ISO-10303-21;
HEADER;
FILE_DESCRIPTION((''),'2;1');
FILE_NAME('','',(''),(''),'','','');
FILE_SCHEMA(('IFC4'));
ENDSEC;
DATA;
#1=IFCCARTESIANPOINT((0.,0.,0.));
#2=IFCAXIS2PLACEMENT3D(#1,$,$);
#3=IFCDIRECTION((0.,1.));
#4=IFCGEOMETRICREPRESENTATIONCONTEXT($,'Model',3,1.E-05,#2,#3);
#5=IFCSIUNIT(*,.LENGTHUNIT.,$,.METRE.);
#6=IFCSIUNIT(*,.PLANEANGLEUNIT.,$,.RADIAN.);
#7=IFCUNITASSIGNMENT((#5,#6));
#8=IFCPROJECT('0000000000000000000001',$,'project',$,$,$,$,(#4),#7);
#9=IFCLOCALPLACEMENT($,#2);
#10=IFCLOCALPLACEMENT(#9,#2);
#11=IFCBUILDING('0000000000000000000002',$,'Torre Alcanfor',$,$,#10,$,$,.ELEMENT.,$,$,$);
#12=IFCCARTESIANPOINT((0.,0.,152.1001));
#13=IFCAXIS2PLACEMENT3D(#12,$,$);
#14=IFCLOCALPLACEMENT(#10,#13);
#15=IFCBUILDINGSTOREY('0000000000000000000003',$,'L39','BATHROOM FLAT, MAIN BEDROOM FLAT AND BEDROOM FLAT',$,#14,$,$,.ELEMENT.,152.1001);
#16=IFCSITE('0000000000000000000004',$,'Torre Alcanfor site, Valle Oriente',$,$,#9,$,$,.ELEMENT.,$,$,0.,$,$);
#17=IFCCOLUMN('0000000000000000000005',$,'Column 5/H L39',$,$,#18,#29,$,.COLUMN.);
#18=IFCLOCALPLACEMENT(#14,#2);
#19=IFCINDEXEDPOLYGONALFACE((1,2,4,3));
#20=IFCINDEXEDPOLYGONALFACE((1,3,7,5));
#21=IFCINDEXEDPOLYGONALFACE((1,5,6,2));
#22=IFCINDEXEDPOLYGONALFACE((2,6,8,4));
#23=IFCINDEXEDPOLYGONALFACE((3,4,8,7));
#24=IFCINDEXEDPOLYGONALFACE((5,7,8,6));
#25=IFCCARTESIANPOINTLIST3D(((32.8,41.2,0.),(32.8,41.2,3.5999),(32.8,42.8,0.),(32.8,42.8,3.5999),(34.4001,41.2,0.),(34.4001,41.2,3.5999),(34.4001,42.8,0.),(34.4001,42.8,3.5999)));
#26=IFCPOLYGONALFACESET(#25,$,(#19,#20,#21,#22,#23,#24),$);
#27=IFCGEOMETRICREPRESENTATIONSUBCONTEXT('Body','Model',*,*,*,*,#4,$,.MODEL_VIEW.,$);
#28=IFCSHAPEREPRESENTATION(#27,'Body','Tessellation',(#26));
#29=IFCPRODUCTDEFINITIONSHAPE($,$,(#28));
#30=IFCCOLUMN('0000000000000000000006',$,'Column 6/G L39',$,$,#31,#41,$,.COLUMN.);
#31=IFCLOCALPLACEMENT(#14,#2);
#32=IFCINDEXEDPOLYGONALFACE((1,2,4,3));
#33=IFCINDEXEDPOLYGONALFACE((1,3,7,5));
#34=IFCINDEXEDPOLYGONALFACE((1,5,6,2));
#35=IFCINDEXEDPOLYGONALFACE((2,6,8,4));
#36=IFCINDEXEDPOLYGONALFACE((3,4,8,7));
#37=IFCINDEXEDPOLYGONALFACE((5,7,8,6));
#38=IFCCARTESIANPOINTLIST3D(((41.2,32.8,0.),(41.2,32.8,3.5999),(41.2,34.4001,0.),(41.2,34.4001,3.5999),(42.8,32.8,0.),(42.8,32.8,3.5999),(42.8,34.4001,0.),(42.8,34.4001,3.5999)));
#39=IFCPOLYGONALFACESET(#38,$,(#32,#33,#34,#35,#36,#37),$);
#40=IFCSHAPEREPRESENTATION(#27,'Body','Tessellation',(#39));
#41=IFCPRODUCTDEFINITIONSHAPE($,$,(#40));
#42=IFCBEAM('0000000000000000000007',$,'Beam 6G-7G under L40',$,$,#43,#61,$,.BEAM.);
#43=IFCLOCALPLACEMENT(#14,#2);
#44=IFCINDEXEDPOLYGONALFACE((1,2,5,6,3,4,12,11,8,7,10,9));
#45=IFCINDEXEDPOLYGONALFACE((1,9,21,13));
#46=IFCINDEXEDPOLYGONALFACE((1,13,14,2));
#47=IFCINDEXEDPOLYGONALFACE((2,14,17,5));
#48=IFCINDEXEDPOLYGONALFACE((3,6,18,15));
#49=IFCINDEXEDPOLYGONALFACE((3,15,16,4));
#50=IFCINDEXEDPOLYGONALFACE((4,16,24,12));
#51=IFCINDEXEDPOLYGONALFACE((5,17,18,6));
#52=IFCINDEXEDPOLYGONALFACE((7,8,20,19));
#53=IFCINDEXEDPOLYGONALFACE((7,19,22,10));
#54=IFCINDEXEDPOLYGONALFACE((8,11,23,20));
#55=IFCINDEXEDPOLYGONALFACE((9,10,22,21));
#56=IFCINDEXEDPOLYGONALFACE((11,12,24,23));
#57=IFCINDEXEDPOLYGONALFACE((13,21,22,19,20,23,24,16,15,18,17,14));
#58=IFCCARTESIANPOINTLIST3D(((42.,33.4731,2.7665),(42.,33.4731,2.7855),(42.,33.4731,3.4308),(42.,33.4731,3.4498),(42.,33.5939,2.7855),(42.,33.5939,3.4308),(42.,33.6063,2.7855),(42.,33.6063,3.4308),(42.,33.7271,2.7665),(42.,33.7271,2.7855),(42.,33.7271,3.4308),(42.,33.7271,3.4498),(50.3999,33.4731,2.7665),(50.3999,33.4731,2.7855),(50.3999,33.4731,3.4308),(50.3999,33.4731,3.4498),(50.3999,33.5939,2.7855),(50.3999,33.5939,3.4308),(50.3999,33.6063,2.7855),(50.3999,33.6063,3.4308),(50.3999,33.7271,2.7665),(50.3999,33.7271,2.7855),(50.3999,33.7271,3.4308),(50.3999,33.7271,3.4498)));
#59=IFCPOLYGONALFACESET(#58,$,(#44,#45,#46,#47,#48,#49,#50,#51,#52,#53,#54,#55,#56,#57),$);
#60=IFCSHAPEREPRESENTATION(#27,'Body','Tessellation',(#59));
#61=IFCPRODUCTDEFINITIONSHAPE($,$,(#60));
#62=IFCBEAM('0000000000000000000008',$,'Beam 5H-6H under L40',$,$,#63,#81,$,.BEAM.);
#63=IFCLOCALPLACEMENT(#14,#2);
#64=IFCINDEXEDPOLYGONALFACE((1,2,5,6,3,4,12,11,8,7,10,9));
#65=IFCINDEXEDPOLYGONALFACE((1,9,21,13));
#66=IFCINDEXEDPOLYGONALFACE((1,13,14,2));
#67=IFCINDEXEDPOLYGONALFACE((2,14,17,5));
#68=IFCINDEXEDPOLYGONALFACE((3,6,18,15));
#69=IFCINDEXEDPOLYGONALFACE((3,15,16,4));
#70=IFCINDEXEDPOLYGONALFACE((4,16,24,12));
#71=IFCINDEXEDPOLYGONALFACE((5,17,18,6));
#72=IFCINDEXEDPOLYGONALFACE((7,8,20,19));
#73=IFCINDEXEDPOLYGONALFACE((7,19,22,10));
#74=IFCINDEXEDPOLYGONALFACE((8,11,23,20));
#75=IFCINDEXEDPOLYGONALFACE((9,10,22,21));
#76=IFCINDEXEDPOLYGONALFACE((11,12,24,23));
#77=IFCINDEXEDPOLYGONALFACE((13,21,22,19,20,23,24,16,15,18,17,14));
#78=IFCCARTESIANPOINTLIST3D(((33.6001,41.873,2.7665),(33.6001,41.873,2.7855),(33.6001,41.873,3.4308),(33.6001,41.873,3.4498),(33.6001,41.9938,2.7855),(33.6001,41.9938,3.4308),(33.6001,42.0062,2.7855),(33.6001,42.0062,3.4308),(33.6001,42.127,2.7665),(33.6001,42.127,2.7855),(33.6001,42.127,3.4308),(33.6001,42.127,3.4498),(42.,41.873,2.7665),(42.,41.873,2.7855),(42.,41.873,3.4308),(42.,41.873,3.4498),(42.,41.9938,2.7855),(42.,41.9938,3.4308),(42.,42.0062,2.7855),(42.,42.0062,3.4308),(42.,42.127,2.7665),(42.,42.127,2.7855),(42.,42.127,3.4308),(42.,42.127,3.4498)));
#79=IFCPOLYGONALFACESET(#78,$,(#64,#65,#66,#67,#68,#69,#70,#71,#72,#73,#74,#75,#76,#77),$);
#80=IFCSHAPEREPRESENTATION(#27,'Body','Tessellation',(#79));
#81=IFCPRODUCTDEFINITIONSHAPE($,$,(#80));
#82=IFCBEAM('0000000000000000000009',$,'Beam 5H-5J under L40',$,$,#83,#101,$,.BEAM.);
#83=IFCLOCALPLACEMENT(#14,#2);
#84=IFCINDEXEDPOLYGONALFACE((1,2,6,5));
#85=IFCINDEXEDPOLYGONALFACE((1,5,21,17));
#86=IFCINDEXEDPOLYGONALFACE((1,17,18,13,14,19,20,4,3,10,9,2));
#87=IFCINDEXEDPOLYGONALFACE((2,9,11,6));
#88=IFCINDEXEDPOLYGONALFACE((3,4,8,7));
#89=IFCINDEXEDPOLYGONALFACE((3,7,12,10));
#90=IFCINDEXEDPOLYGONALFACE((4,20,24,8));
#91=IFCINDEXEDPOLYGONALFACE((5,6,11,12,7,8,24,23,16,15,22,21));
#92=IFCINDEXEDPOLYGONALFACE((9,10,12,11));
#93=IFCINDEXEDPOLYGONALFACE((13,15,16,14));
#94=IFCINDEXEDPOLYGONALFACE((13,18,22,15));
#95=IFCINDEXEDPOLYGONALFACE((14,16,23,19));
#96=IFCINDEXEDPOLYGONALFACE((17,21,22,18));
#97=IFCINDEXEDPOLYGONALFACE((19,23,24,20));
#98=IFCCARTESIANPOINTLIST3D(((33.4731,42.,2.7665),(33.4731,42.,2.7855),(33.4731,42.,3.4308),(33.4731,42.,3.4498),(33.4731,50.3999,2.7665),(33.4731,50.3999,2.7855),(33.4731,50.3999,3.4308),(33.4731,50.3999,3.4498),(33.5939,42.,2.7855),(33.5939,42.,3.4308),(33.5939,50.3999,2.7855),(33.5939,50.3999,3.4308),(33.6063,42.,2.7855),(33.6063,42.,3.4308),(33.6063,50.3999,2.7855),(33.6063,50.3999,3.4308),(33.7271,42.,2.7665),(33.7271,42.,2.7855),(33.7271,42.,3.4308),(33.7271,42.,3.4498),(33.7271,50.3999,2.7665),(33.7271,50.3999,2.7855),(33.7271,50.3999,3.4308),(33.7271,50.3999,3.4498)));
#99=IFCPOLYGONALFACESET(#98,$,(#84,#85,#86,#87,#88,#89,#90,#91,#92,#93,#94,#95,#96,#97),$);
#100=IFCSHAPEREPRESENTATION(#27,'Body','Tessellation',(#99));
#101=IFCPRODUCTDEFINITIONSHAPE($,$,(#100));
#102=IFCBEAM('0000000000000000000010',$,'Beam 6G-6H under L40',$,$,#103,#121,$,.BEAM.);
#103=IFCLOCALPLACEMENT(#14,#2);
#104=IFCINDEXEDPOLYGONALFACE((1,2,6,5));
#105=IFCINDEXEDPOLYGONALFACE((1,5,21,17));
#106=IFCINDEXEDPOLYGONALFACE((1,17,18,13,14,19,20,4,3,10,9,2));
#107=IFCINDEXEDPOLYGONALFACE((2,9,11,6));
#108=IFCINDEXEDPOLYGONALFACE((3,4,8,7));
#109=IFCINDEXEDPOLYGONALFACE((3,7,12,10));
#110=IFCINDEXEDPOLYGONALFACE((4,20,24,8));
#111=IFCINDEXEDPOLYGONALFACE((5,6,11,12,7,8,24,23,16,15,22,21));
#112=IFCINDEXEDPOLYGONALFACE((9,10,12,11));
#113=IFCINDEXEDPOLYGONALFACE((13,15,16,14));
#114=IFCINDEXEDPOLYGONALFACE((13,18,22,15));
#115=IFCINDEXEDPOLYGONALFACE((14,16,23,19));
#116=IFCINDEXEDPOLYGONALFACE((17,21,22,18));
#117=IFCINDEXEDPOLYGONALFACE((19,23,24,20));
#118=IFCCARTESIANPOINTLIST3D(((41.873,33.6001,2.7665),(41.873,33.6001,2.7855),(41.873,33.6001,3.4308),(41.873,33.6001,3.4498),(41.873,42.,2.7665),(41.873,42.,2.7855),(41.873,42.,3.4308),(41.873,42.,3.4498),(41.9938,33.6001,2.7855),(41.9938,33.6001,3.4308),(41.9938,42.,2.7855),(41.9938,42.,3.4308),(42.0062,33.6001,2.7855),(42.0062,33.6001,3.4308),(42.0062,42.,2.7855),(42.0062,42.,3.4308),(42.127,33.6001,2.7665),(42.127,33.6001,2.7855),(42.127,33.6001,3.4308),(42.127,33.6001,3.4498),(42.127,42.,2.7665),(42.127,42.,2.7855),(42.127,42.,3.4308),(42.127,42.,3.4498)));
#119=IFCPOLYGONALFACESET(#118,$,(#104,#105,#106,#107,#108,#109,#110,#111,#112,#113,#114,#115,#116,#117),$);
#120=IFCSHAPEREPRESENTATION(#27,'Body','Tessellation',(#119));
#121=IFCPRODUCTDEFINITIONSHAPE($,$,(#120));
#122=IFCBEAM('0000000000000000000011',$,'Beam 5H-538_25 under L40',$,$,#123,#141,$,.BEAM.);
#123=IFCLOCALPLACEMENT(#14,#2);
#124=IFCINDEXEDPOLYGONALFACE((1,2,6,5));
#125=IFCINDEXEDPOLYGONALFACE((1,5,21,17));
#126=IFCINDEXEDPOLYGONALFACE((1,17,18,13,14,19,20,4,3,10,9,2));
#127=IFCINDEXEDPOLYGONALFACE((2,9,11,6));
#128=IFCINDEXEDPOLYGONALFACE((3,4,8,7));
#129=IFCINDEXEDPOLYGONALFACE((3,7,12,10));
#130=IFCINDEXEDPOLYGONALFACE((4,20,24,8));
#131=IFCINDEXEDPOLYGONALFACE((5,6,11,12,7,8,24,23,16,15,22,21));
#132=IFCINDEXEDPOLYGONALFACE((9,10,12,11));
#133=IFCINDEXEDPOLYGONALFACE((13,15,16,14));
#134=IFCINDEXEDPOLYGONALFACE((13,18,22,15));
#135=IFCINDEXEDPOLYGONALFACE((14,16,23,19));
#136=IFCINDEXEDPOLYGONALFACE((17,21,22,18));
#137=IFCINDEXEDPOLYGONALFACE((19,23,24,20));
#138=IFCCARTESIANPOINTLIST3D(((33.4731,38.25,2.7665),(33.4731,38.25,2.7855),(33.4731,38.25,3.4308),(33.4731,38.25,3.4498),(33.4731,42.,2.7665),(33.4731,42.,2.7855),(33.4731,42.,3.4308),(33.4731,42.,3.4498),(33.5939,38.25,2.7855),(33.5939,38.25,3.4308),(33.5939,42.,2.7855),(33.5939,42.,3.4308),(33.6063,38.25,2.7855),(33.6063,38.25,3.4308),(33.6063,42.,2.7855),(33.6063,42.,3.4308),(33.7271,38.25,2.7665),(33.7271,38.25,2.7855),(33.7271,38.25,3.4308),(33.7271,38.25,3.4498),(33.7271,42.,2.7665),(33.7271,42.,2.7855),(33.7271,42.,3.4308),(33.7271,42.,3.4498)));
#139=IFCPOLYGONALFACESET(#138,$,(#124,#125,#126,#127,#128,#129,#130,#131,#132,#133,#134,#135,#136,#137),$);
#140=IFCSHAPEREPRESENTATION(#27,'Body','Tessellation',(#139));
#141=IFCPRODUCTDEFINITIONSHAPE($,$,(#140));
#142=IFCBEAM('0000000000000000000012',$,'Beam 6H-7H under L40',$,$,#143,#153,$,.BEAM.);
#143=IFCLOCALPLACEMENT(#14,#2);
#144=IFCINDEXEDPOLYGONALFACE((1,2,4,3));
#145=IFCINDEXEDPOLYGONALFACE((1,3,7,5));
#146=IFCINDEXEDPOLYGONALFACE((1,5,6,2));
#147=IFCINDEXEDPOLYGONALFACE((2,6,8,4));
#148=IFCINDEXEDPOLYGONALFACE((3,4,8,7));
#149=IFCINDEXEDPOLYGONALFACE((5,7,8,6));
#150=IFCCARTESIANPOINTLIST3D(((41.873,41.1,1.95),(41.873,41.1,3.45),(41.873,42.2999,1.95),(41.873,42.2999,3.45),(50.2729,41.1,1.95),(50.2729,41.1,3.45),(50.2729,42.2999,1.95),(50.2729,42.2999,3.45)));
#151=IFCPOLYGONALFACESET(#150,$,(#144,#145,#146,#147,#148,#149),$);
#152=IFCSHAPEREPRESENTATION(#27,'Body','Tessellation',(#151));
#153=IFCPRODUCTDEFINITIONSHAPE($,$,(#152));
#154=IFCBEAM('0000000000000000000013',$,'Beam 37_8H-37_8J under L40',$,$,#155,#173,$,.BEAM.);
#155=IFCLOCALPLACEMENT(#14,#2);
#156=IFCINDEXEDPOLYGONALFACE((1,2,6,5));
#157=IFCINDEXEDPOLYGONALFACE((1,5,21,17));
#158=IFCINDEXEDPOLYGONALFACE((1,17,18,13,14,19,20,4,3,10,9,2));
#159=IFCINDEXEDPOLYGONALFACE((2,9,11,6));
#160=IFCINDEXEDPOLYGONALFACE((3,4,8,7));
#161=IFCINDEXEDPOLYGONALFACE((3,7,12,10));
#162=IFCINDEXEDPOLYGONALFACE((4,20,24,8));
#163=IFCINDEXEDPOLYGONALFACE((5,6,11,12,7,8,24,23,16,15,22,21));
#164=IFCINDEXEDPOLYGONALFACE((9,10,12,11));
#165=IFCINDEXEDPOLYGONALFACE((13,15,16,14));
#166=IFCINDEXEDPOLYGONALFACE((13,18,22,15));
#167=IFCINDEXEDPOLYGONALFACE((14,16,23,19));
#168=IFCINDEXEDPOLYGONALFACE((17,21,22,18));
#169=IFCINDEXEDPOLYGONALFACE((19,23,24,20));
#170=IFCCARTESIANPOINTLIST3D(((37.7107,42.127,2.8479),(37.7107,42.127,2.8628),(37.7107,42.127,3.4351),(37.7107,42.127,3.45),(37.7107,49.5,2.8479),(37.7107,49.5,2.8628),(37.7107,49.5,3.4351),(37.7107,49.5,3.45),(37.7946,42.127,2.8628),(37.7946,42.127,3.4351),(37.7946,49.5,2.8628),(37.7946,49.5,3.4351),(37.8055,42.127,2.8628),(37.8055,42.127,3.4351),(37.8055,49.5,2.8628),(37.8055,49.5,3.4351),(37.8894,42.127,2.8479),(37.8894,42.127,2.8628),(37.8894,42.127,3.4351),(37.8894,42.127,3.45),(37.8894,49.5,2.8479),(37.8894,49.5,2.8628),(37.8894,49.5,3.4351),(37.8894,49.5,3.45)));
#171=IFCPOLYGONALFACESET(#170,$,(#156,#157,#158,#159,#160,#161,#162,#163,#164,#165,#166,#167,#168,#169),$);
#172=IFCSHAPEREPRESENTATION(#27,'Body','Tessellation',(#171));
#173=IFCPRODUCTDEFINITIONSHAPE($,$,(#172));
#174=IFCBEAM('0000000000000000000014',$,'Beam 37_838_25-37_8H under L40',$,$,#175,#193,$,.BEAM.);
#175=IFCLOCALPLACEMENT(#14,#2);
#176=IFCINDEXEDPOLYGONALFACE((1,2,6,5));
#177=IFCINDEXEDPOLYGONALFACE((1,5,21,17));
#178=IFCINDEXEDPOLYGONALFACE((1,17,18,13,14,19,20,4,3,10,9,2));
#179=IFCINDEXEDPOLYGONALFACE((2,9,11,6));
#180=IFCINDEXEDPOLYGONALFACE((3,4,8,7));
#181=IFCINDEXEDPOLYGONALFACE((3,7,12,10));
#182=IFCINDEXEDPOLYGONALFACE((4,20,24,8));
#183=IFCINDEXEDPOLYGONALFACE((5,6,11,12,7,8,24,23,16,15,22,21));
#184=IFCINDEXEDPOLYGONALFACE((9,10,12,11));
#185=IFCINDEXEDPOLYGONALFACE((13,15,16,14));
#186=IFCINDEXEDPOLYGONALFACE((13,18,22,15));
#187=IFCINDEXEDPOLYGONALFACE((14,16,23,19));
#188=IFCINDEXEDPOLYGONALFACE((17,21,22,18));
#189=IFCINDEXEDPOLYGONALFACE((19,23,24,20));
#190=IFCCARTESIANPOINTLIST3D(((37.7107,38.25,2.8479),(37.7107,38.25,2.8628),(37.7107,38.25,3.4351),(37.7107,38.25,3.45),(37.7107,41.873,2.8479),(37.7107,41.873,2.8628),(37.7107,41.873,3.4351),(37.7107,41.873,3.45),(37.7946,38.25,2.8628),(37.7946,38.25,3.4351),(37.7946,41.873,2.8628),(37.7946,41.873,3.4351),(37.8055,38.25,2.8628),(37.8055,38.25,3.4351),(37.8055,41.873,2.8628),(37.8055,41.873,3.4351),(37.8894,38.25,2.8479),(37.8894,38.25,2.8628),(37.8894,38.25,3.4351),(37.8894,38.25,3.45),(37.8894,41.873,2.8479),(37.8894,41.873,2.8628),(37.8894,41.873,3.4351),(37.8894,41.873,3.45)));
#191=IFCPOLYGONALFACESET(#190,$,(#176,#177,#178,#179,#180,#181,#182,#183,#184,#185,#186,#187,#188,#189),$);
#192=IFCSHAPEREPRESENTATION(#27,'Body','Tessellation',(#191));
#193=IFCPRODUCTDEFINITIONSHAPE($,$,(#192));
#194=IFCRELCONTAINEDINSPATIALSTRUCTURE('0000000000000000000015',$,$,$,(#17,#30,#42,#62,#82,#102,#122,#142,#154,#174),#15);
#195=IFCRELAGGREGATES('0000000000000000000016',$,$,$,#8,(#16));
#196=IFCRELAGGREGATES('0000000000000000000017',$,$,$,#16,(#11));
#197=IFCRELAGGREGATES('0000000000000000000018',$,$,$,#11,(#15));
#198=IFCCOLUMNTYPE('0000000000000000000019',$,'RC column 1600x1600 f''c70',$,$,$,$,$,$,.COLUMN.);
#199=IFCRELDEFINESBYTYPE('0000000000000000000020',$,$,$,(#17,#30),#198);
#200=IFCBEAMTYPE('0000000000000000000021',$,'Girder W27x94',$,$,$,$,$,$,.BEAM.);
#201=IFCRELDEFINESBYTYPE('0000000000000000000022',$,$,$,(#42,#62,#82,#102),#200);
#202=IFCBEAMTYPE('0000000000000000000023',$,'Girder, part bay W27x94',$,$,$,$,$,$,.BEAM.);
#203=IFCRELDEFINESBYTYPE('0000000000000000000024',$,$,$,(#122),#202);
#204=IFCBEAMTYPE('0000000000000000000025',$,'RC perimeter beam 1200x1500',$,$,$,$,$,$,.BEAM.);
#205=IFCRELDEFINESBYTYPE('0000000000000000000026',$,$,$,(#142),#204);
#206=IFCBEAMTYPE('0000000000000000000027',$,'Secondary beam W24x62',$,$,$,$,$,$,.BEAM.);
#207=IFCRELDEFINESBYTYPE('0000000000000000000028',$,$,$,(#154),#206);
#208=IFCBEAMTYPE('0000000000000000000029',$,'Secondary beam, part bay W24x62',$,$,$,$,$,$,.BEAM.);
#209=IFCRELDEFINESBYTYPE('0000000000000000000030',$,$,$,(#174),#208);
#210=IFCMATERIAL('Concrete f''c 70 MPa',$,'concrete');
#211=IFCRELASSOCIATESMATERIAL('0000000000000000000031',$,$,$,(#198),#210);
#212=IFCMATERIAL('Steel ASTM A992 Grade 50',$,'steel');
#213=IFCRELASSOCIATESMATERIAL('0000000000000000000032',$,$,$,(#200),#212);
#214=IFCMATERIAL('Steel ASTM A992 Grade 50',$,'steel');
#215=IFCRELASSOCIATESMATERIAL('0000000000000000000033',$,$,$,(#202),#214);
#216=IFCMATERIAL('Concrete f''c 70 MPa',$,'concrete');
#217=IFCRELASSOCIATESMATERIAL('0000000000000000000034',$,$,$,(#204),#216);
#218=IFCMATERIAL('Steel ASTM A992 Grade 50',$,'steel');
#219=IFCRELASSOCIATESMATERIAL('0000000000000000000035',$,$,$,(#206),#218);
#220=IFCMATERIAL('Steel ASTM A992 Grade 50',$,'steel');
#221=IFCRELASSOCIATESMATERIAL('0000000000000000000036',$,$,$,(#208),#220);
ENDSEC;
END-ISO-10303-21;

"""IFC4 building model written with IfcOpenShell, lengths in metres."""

from ifc_helpers import new_model, si_unit, direction, frame, origin, origin_2d, place, context, subcontext, project, spatial, rectangle, i_section, extrude, material, material_profile, profile_set, type_object, element, save


model = new_model("IFC4")

# Units and contexts
model_context = context("Model", 3, precision=1e-05, world=origin(), true_north=direction((0.0, 1.0)))
body_context = subcontext(model_context, "Body", "Model", "MODEL_VIEW")
ifc_project = project(units=[si_unit("LENGTHUNIT", "METRE"), si_unit("PLANEANGLEUNIT", "RADIAN")], contexts=[model_context])

# Site, building, storey
site_placement = place(None, origin())
site = spatial("IfcSite", under=ifc_project, at=site_placement, Name="Torre Alcanfor site, Valle Oriente", CompositionType="ELEMENT", RefElevation=0.0)
building_placement = place(site_placement, origin())
building = spatial("IfcBuilding", under=site, at=building_placement, Name="Torre Alcanfor", CompositionType="ELEMENT")
storey_placement = place(building_placement, frame((0.0, 0.0, 152.1001)))
storey = spatial("IfcBuildingStorey", under=building, at=storey_placement, Name="L39", Description="BATHROOM FLAT, MAIN BEDROOM FLAT AND BEDROOM FLAT", CompositionType="ELEMENT", Elevation=152.1001)

# Columns
ifc_material_1 = material(Name="Concrete f'c 70 MPa", Category="concrete")
ifc_material_profile_1 = material_profile(ifc_material_1, rectangle(XDim=1.6001, YDim=1.6001, at=origin_2d()), Name="1600x1600")
ifc_profile_set_1 = profile_set([ifc_material_profile_1], Name="Concrete f'c 70 MPa")
column_type = type_object("IfcColumnType", Name="RC column 1600x1600 f'c70", PredefinedType="COLUMN", material=ifc_profile_set_1)
for number, where, z_axis, x_axis, name in (
    (1, (33.6001, 42.0, 0.0), (0.0, 0.0, 1.0), (1.0, 0.0, 0.0), "Column 5/H L39"),
    (2, (42.0, 33.6001, 0.0), (0.0, 0.0, 1.0), (1.0, 0.0, 0.0), "Column 6/G L39"),
):
    element("IfcColumn", number, at=place(storey_placement, frame(where, z_axis=z_axis, x_axis=x_axis)), inside=storey, type_object=column_type, Name=name, PredefinedType="COLUMN", context=body_context, shape_type="SweptSolid", body=[
        extrude(rectangle(XDim=1.6001, YDim=1.6001, at=origin_2d()), origin(), (0.0, 0.0, 1.0), 3.5999),
    ])

# Beams
ifc_material_2 = material(Name="Steel ASTM A992 Grade 50", Category="steel")
ifc_material_profile_2 = material_profile(ifc_material_2, i_section(OverallWidth=0.2539, OverallDepth=0.6833, WebThickness=0.0125, FlangeThickness=0.019, at=origin_2d()), Name="W27x94")
ifc_profile_set_2 = profile_set([ifc_material_profile_2], Name="Steel ASTM A992 Grade 50")
beam_type_1 = type_object("IfcBeamType", Name="Girder W27x94", PredefinedType="BEAM", material=ifc_profile_set_2)
for number, where, z_axis, x_axis, name in (
    (3, (42.0, 33.6001, 3.1082), (1.0, 0.0, 0.0), (0.0, 1.0, 0.0), "Beam 6G-7G under L40"),
    (4, (33.6001, 42.0, 3.1082), (1.0, 0.0, 0.0), (0.0, 1.0, 0.0), "Beam 5H-6H under L40"),
    (5, (33.6001, 42.0, 3.1082), (0.0, 1.0, 0.0), (-1.0, 0.0, 0.0), "Beam 5H-5J under L40"),
    (6, (42.0, 33.6001, 3.1082), (0.0, 1.0, 0.0), (-1.0, 0.0, 0.0), "Beam 6G-6H under L40"),
):
    element("IfcBeam", number, at=place(storey_placement, frame(where, z_axis=z_axis, x_axis=x_axis)), inside=storey, type_object=beam_type_1, Name=name, PredefinedType="BEAM", context=body_context, shape_type="SweptSolid", body=[
        extrude(i_section(OverallWidth=0.2539, OverallDepth=0.6833, WebThickness=0.0125, FlangeThickness=0.019, at=origin_2d()), origin(), (0.0, 0.0, 1.0), 8.3999),
    ])
ifc_material_3 = material(Name="Steel ASTM A992 Grade 50", Category="steel")
ifc_material_profile_3 = material_profile(ifc_material_3, i_section(OverallWidth=0.2539, OverallDepth=0.6833, WebThickness=0.0125, FlangeThickness=0.019, at=origin_2d()), Name="W27x94")
ifc_profile_set_3 = profile_set([ifc_material_profile_3], Name="Steel ASTM A992 Grade 50")
beam_type_2 = type_object("IfcBeamType", Name="Girder, part bay W27x94", PredefinedType="BEAM", material=ifc_profile_set_3)
beam_1_placement = place(storey_placement, frame((33.6001, 42.0, 3.1082), z_axis=(0.0, -1.0, 0.0), x_axis=(1.0, 0.0, 0.0)))
element("IfcBeam", 7, at=beam_1_placement, inside=storey, type_object=beam_type_2, Name="Beam 5H-538_25 under L40", PredefinedType="BEAM", context=body_context, shape_type="SweptSolid", body=[
    extrude(i_section(OverallWidth=0.2539, OverallDepth=0.6833, WebThickness=0.0125, FlangeThickness=0.019, at=origin_2d()), origin(), (0.0, 0.0, 1.0), 3.75),
])
ifc_material_4 = material(Name="Concrete f'c 70 MPa", Category="concrete")
ifc_material_profile_4 = material_profile(ifc_material_4, rectangle(XDim=1.2, YDim=1.5, at=origin_2d()), Name="1200x1500")
ifc_profile_set_4 = profile_set([ifc_material_profile_4], Name="Concrete f'c 70 MPa")
beam_type_3 = type_object("IfcBeamType", Name="RC perimeter beam 1200x1500", PredefinedType="BEAM", material=ifc_profile_set_4)
beam_2_placement = place(storey_placement, frame((41.873, 41.7, 2.7), z_axis=(1.0, 0.0, 0.0), x_axis=(0.0, 1.0, 0.0)))
element("IfcBeam", 8, at=beam_2_placement, inside=storey, type_object=beam_type_3, Name="Beam 6H-7H under L40", PredefinedType="BEAM", context=body_context, shape_type="SweptSolid", body=[
    extrude(rectangle(XDim=1.2, YDim=1.5, at=origin_2d()), origin(), (0.0, 0.0, 1.0), 8.3999),
])
ifc_material_5 = material(Name="Steel ASTM A992 Grade 50", Category="steel")
ifc_material_profile_5 = material_profile(ifc_material_5, i_section(OverallWidth=0.1787, OverallDepth=0.6021, WebThickness=0.011, FlangeThickness=0.0149, at=origin_2d()), Name="W24x62")
ifc_profile_set_5 = profile_set([ifc_material_profile_5], Name="Steel ASTM A992 Grade 50")
beam_type_4 = type_object("IfcBeamType", Name="Secondary beam W24x62", PredefinedType="BEAM", material=ifc_profile_set_5)
beam_3_placement = place(storey_placement, frame((37.8, 42.127, 3.1489), z_axis=(0.0, 1.0, 0.0), x_axis=(-1.0, 0.0, 0.0)))
element("IfcBeam", 9, at=beam_3_placement, inside=storey, type_object=beam_type_4, Name="Beam 37_8H-37_8J under L40", PredefinedType="BEAM", context=body_context, shape_type="SweptSolid", body=[
    extrude(i_section(OverallWidth=0.1787, OverallDepth=0.6021, WebThickness=0.011, FlangeThickness=0.0149, at=origin_2d()), origin(), (0.0, 0.0, 1.0), 7.373),
])
ifc_material_6 = material(Name="Steel ASTM A992 Grade 50", Category="steel")
ifc_material_profile_6 = material_profile(ifc_material_6, i_section(OverallWidth=0.1787, OverallDepth=0.6021, WebThickness=0.011, FlangeThickness=0.0149, at=origin_2d()), Name="W24x62")
ifc_profile_set_6 = profile_set([ifc_material_profile_6], Name="Steel ASTM A992 Grade 50")
beam_type_5 = type_object("IfcBeamType", Name="Secondary beam, part bay W24x62", PredefinedType="BEAM", material=ifc_profile_set_6)
beam_4_placement = place(storey_placement, frame((37.8, 38.25, 3.1489), z_axis=(0.0, 1.0, 0.0), x_axis=(-1.0, 0.0, 0.0)))
element("IfcBeam", 10, at=beam_4_placement, inside=storey, type_object=beam_type_5, Name="Beam 37_838_25-37_8H under L40", PredefinedType="BEAM", context=body_context, shape_type="SweptSolid", body=[
    extrude(i_section(OverallWidth=0.1787, OverallDepth=0.6021, WebThickness=0.011, FlangeThickness=0.0149, at=origin_2d()), origin(), (0.0, 0.0, 1.0), 3.623),
])

save(model, "model.ifc")
